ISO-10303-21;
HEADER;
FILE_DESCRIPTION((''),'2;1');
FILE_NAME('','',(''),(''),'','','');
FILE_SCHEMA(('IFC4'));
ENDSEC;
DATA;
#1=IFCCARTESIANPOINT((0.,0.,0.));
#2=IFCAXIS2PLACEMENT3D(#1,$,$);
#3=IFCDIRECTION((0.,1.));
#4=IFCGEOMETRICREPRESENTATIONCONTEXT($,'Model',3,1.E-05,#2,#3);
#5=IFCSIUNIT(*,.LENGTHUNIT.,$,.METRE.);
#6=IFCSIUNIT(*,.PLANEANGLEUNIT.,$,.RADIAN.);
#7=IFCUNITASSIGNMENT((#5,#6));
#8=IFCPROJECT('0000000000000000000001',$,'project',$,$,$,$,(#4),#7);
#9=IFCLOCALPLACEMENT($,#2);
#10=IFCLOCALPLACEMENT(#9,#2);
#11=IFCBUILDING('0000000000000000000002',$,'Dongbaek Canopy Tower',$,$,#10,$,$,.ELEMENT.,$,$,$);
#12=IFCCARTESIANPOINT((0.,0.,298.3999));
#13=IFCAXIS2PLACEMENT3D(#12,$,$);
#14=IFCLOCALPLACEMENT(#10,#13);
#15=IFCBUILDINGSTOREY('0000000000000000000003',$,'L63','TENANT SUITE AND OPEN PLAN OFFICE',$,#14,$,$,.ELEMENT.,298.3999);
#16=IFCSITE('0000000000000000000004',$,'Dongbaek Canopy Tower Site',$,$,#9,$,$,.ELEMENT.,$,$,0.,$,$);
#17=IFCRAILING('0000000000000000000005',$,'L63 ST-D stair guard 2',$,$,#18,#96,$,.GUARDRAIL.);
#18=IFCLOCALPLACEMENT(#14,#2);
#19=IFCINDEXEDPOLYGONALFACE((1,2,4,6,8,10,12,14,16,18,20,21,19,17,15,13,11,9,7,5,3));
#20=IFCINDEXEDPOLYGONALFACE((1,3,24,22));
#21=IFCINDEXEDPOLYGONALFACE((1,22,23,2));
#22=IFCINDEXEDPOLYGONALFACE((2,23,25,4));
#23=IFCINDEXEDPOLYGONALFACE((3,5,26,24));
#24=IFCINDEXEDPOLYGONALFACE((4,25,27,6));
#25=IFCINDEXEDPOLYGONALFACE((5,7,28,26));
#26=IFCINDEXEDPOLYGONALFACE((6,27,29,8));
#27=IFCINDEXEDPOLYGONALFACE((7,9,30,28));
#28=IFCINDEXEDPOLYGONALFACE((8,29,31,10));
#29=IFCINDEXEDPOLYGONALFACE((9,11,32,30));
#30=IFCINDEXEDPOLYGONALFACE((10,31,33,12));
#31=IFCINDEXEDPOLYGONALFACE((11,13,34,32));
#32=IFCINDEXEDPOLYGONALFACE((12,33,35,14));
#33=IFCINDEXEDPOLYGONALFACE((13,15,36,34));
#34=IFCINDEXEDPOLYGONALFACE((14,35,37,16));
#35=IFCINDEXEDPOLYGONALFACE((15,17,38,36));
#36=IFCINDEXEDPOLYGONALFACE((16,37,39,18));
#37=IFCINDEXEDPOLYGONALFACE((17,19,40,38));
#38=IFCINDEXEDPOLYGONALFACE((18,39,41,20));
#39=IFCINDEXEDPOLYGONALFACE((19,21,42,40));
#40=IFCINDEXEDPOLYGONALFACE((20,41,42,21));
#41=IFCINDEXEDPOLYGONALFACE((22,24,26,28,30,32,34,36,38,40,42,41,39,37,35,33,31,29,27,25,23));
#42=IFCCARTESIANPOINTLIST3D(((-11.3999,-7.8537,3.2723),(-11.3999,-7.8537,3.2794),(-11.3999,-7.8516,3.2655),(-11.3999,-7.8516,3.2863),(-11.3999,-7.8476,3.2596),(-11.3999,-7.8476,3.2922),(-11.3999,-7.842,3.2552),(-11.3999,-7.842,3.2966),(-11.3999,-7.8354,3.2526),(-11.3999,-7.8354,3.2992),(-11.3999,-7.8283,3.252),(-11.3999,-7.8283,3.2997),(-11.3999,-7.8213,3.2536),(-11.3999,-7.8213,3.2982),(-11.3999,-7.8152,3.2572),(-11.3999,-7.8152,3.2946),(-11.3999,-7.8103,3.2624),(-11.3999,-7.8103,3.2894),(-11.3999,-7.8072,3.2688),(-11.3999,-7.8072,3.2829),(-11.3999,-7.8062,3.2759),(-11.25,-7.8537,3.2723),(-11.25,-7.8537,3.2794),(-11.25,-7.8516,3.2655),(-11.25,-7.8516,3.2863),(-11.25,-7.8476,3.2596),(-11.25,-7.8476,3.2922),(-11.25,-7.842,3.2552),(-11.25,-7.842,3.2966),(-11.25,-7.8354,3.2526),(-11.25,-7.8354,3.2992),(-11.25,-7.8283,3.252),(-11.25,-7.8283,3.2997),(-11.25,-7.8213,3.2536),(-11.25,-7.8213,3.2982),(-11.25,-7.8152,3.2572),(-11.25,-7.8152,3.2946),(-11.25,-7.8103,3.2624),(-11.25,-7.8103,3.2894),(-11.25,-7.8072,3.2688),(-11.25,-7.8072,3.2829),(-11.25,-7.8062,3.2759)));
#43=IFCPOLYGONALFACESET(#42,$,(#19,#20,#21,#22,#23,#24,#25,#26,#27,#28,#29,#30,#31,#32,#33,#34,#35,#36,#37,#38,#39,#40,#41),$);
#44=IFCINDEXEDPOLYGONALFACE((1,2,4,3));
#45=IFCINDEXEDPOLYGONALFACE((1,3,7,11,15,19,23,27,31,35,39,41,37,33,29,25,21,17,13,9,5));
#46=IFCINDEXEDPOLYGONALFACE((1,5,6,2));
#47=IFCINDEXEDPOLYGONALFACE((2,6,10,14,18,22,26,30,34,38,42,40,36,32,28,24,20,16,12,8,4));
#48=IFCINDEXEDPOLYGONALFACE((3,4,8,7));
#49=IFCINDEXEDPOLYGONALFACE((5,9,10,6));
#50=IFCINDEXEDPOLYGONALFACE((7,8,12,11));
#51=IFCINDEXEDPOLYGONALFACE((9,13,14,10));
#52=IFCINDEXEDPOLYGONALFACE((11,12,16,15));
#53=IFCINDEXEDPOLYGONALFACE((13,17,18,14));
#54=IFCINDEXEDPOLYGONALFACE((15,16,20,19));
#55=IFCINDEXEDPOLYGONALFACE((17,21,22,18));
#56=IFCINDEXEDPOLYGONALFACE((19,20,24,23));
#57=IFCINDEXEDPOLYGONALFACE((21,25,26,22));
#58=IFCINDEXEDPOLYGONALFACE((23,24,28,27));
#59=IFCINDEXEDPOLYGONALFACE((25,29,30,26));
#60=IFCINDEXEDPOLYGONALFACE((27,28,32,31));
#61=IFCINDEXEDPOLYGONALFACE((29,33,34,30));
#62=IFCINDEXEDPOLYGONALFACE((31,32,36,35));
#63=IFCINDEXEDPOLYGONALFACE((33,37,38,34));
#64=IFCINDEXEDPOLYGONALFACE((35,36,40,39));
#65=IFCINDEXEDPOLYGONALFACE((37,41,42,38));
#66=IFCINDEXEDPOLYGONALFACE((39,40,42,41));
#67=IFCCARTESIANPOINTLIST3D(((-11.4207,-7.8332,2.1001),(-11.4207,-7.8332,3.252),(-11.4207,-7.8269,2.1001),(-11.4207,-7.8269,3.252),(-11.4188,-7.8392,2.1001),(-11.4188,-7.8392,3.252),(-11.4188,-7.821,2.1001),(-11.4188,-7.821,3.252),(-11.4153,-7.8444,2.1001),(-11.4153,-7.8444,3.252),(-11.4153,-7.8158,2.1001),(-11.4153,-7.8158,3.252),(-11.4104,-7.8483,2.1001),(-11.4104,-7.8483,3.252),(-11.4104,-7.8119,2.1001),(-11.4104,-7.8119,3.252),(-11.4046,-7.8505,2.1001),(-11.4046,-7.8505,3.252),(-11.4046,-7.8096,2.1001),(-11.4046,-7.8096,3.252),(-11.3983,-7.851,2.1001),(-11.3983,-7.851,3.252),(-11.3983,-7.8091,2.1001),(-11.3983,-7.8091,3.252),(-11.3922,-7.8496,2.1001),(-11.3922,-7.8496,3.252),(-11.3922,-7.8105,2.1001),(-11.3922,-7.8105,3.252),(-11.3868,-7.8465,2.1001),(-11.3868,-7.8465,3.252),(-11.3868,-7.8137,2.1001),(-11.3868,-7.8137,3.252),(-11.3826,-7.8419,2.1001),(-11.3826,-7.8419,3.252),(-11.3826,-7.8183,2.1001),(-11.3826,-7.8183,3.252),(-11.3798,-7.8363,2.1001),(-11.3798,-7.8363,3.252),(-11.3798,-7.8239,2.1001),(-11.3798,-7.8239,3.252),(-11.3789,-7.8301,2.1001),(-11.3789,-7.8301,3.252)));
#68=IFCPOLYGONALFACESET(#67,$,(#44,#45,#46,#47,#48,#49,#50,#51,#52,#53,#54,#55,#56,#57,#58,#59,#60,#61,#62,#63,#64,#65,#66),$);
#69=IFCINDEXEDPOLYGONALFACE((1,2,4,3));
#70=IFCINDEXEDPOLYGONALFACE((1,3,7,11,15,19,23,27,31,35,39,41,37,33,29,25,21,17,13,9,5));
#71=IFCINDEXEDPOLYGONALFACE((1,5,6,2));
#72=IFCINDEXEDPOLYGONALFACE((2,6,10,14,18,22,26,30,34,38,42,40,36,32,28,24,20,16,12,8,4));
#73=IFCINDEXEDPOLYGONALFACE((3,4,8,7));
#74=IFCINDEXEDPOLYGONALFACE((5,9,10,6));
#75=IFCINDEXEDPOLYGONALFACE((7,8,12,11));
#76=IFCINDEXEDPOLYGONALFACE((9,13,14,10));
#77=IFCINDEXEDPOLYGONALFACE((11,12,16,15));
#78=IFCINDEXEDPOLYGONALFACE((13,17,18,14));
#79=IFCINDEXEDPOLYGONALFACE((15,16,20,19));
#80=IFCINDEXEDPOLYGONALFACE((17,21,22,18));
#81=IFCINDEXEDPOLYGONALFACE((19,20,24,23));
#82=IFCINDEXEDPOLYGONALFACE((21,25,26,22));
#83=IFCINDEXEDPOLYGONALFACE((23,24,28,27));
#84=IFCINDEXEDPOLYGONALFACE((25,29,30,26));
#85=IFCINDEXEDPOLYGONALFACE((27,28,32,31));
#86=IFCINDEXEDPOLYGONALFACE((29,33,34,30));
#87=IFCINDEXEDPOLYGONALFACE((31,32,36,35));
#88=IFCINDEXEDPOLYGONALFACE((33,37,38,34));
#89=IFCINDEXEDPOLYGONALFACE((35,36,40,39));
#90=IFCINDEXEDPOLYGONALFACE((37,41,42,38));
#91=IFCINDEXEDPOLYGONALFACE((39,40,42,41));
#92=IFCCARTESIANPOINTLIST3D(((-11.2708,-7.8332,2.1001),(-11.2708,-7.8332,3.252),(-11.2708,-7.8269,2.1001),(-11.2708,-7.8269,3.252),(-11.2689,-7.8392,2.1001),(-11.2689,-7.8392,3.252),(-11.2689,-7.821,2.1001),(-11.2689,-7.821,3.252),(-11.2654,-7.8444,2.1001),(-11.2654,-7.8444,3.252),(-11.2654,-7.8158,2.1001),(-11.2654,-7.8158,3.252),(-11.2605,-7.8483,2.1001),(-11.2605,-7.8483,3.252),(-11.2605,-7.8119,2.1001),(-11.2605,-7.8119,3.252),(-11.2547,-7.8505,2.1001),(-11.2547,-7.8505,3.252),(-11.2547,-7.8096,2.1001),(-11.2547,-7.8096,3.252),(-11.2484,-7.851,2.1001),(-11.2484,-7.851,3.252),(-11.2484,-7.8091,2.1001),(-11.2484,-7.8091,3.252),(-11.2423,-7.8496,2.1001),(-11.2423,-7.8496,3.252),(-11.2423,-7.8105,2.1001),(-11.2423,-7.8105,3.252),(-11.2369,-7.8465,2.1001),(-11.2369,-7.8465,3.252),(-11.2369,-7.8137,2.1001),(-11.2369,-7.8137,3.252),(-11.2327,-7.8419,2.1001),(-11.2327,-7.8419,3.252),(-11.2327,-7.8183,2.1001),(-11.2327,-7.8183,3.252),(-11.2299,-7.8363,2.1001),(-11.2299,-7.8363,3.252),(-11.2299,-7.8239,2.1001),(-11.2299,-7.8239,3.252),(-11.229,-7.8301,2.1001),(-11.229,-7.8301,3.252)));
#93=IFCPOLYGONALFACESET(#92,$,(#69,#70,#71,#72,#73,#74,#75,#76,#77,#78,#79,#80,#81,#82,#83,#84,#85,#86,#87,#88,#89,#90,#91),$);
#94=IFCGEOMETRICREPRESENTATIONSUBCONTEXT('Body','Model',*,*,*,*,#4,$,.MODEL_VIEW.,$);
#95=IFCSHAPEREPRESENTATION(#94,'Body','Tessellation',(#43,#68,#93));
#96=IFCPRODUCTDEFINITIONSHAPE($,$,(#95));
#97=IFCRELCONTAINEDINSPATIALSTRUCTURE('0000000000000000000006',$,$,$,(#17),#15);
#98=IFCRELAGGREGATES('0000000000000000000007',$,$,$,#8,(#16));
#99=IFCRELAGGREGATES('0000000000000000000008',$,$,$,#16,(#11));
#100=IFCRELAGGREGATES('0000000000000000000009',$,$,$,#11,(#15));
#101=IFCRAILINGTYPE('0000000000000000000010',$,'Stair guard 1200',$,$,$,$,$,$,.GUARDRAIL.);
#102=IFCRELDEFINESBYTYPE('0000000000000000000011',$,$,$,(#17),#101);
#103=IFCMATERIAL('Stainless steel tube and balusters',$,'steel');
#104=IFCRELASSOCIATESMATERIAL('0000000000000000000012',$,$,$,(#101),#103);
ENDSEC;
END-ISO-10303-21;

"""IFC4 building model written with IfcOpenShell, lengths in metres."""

from ifc_helpers import new_model, si_unit, direction, frame, origin, origin_2d, place, context, subcontext, project, spatial, circle, extrude, material, type_object, element, save


model = new_model("IFC4")

# Units and contexts
model_context = context("Model", 3, precision=1e-05, world=origin(), true_north=direction((0.0, 1.0)))
body_context = subcontext(model_context, "Body", "Model", "MODEL_VIEW")
ifc_project = project(units=[si_unit("LENGTHUNIT", "METRE"), si_unit("PLANEANGLEUNIT", "RADIAN")], contexts=[model_context])

# Site, building, storey
site_placement = place(None, origin())
site = spatial("IfcSite", under=ifc_project, at=site_placement, Name="Dongbaek Canopy Tower Site", CompositionType="ELEMENT", RefElevation=0.0)
building_placement = place(site_placement, origin())
building = spatial("IfcBuilding", under=site, at=building_placement, Name="Dongbaek Canopy Tower", CompositionType="ELEMENT")
storey_placement = place(building_placement, frame((0.0, 0.0, 298.3999)))
storey = spatial("IfcBuildingStorey", under=building, at=storey_placement, Name="L63", Description="TENANT SUITE AND OPEN PLAN OFFICE", CompositionType="ELEMENT", Elevation=298.3999)

# Railing
ifc_material_1 = material(Name="Stainless steel tube and balusters", Category="steel")
railing_type_1 = type_object("IfcRailingType", Name="Stair guard 1200", PredefinedType="GUARDRAIL", material=ifc_material_1)
railing_1_placement = place(storey_placement, frame((-11.3999, -7.8301, 2.1001)))
element("IfcRailing", 1, at=railing_1_placement, inside=storey, type_object=railing_type_1, Name="L63 ST-D stair guard 2", PredefinedType="GUARDRAIL", context=body_context, shape_type="SweptSolid", body=[
    extrude(circle(Radius=0.0239, at=origin_2d()), frame((0.0, 0.0, 1.1758), z_axis=(1.0, 0.0, 0.0), x_axis=(0.0, 1.0, 0.0)), (0.0, 0.0, 1.0), 0.1499),
    extrude(circle(Radius=0.021, at=origin_2d()), origin(), (0.0, 0.0, 1.0), 1.1519),
    extrude(circle(Radius=0.021, at=origin_2d()), frame((0.1499, 0.0, 0.0)), (0.0, 0.0, 1.0), 1.1519),
])

save(model, "model.ifc")
